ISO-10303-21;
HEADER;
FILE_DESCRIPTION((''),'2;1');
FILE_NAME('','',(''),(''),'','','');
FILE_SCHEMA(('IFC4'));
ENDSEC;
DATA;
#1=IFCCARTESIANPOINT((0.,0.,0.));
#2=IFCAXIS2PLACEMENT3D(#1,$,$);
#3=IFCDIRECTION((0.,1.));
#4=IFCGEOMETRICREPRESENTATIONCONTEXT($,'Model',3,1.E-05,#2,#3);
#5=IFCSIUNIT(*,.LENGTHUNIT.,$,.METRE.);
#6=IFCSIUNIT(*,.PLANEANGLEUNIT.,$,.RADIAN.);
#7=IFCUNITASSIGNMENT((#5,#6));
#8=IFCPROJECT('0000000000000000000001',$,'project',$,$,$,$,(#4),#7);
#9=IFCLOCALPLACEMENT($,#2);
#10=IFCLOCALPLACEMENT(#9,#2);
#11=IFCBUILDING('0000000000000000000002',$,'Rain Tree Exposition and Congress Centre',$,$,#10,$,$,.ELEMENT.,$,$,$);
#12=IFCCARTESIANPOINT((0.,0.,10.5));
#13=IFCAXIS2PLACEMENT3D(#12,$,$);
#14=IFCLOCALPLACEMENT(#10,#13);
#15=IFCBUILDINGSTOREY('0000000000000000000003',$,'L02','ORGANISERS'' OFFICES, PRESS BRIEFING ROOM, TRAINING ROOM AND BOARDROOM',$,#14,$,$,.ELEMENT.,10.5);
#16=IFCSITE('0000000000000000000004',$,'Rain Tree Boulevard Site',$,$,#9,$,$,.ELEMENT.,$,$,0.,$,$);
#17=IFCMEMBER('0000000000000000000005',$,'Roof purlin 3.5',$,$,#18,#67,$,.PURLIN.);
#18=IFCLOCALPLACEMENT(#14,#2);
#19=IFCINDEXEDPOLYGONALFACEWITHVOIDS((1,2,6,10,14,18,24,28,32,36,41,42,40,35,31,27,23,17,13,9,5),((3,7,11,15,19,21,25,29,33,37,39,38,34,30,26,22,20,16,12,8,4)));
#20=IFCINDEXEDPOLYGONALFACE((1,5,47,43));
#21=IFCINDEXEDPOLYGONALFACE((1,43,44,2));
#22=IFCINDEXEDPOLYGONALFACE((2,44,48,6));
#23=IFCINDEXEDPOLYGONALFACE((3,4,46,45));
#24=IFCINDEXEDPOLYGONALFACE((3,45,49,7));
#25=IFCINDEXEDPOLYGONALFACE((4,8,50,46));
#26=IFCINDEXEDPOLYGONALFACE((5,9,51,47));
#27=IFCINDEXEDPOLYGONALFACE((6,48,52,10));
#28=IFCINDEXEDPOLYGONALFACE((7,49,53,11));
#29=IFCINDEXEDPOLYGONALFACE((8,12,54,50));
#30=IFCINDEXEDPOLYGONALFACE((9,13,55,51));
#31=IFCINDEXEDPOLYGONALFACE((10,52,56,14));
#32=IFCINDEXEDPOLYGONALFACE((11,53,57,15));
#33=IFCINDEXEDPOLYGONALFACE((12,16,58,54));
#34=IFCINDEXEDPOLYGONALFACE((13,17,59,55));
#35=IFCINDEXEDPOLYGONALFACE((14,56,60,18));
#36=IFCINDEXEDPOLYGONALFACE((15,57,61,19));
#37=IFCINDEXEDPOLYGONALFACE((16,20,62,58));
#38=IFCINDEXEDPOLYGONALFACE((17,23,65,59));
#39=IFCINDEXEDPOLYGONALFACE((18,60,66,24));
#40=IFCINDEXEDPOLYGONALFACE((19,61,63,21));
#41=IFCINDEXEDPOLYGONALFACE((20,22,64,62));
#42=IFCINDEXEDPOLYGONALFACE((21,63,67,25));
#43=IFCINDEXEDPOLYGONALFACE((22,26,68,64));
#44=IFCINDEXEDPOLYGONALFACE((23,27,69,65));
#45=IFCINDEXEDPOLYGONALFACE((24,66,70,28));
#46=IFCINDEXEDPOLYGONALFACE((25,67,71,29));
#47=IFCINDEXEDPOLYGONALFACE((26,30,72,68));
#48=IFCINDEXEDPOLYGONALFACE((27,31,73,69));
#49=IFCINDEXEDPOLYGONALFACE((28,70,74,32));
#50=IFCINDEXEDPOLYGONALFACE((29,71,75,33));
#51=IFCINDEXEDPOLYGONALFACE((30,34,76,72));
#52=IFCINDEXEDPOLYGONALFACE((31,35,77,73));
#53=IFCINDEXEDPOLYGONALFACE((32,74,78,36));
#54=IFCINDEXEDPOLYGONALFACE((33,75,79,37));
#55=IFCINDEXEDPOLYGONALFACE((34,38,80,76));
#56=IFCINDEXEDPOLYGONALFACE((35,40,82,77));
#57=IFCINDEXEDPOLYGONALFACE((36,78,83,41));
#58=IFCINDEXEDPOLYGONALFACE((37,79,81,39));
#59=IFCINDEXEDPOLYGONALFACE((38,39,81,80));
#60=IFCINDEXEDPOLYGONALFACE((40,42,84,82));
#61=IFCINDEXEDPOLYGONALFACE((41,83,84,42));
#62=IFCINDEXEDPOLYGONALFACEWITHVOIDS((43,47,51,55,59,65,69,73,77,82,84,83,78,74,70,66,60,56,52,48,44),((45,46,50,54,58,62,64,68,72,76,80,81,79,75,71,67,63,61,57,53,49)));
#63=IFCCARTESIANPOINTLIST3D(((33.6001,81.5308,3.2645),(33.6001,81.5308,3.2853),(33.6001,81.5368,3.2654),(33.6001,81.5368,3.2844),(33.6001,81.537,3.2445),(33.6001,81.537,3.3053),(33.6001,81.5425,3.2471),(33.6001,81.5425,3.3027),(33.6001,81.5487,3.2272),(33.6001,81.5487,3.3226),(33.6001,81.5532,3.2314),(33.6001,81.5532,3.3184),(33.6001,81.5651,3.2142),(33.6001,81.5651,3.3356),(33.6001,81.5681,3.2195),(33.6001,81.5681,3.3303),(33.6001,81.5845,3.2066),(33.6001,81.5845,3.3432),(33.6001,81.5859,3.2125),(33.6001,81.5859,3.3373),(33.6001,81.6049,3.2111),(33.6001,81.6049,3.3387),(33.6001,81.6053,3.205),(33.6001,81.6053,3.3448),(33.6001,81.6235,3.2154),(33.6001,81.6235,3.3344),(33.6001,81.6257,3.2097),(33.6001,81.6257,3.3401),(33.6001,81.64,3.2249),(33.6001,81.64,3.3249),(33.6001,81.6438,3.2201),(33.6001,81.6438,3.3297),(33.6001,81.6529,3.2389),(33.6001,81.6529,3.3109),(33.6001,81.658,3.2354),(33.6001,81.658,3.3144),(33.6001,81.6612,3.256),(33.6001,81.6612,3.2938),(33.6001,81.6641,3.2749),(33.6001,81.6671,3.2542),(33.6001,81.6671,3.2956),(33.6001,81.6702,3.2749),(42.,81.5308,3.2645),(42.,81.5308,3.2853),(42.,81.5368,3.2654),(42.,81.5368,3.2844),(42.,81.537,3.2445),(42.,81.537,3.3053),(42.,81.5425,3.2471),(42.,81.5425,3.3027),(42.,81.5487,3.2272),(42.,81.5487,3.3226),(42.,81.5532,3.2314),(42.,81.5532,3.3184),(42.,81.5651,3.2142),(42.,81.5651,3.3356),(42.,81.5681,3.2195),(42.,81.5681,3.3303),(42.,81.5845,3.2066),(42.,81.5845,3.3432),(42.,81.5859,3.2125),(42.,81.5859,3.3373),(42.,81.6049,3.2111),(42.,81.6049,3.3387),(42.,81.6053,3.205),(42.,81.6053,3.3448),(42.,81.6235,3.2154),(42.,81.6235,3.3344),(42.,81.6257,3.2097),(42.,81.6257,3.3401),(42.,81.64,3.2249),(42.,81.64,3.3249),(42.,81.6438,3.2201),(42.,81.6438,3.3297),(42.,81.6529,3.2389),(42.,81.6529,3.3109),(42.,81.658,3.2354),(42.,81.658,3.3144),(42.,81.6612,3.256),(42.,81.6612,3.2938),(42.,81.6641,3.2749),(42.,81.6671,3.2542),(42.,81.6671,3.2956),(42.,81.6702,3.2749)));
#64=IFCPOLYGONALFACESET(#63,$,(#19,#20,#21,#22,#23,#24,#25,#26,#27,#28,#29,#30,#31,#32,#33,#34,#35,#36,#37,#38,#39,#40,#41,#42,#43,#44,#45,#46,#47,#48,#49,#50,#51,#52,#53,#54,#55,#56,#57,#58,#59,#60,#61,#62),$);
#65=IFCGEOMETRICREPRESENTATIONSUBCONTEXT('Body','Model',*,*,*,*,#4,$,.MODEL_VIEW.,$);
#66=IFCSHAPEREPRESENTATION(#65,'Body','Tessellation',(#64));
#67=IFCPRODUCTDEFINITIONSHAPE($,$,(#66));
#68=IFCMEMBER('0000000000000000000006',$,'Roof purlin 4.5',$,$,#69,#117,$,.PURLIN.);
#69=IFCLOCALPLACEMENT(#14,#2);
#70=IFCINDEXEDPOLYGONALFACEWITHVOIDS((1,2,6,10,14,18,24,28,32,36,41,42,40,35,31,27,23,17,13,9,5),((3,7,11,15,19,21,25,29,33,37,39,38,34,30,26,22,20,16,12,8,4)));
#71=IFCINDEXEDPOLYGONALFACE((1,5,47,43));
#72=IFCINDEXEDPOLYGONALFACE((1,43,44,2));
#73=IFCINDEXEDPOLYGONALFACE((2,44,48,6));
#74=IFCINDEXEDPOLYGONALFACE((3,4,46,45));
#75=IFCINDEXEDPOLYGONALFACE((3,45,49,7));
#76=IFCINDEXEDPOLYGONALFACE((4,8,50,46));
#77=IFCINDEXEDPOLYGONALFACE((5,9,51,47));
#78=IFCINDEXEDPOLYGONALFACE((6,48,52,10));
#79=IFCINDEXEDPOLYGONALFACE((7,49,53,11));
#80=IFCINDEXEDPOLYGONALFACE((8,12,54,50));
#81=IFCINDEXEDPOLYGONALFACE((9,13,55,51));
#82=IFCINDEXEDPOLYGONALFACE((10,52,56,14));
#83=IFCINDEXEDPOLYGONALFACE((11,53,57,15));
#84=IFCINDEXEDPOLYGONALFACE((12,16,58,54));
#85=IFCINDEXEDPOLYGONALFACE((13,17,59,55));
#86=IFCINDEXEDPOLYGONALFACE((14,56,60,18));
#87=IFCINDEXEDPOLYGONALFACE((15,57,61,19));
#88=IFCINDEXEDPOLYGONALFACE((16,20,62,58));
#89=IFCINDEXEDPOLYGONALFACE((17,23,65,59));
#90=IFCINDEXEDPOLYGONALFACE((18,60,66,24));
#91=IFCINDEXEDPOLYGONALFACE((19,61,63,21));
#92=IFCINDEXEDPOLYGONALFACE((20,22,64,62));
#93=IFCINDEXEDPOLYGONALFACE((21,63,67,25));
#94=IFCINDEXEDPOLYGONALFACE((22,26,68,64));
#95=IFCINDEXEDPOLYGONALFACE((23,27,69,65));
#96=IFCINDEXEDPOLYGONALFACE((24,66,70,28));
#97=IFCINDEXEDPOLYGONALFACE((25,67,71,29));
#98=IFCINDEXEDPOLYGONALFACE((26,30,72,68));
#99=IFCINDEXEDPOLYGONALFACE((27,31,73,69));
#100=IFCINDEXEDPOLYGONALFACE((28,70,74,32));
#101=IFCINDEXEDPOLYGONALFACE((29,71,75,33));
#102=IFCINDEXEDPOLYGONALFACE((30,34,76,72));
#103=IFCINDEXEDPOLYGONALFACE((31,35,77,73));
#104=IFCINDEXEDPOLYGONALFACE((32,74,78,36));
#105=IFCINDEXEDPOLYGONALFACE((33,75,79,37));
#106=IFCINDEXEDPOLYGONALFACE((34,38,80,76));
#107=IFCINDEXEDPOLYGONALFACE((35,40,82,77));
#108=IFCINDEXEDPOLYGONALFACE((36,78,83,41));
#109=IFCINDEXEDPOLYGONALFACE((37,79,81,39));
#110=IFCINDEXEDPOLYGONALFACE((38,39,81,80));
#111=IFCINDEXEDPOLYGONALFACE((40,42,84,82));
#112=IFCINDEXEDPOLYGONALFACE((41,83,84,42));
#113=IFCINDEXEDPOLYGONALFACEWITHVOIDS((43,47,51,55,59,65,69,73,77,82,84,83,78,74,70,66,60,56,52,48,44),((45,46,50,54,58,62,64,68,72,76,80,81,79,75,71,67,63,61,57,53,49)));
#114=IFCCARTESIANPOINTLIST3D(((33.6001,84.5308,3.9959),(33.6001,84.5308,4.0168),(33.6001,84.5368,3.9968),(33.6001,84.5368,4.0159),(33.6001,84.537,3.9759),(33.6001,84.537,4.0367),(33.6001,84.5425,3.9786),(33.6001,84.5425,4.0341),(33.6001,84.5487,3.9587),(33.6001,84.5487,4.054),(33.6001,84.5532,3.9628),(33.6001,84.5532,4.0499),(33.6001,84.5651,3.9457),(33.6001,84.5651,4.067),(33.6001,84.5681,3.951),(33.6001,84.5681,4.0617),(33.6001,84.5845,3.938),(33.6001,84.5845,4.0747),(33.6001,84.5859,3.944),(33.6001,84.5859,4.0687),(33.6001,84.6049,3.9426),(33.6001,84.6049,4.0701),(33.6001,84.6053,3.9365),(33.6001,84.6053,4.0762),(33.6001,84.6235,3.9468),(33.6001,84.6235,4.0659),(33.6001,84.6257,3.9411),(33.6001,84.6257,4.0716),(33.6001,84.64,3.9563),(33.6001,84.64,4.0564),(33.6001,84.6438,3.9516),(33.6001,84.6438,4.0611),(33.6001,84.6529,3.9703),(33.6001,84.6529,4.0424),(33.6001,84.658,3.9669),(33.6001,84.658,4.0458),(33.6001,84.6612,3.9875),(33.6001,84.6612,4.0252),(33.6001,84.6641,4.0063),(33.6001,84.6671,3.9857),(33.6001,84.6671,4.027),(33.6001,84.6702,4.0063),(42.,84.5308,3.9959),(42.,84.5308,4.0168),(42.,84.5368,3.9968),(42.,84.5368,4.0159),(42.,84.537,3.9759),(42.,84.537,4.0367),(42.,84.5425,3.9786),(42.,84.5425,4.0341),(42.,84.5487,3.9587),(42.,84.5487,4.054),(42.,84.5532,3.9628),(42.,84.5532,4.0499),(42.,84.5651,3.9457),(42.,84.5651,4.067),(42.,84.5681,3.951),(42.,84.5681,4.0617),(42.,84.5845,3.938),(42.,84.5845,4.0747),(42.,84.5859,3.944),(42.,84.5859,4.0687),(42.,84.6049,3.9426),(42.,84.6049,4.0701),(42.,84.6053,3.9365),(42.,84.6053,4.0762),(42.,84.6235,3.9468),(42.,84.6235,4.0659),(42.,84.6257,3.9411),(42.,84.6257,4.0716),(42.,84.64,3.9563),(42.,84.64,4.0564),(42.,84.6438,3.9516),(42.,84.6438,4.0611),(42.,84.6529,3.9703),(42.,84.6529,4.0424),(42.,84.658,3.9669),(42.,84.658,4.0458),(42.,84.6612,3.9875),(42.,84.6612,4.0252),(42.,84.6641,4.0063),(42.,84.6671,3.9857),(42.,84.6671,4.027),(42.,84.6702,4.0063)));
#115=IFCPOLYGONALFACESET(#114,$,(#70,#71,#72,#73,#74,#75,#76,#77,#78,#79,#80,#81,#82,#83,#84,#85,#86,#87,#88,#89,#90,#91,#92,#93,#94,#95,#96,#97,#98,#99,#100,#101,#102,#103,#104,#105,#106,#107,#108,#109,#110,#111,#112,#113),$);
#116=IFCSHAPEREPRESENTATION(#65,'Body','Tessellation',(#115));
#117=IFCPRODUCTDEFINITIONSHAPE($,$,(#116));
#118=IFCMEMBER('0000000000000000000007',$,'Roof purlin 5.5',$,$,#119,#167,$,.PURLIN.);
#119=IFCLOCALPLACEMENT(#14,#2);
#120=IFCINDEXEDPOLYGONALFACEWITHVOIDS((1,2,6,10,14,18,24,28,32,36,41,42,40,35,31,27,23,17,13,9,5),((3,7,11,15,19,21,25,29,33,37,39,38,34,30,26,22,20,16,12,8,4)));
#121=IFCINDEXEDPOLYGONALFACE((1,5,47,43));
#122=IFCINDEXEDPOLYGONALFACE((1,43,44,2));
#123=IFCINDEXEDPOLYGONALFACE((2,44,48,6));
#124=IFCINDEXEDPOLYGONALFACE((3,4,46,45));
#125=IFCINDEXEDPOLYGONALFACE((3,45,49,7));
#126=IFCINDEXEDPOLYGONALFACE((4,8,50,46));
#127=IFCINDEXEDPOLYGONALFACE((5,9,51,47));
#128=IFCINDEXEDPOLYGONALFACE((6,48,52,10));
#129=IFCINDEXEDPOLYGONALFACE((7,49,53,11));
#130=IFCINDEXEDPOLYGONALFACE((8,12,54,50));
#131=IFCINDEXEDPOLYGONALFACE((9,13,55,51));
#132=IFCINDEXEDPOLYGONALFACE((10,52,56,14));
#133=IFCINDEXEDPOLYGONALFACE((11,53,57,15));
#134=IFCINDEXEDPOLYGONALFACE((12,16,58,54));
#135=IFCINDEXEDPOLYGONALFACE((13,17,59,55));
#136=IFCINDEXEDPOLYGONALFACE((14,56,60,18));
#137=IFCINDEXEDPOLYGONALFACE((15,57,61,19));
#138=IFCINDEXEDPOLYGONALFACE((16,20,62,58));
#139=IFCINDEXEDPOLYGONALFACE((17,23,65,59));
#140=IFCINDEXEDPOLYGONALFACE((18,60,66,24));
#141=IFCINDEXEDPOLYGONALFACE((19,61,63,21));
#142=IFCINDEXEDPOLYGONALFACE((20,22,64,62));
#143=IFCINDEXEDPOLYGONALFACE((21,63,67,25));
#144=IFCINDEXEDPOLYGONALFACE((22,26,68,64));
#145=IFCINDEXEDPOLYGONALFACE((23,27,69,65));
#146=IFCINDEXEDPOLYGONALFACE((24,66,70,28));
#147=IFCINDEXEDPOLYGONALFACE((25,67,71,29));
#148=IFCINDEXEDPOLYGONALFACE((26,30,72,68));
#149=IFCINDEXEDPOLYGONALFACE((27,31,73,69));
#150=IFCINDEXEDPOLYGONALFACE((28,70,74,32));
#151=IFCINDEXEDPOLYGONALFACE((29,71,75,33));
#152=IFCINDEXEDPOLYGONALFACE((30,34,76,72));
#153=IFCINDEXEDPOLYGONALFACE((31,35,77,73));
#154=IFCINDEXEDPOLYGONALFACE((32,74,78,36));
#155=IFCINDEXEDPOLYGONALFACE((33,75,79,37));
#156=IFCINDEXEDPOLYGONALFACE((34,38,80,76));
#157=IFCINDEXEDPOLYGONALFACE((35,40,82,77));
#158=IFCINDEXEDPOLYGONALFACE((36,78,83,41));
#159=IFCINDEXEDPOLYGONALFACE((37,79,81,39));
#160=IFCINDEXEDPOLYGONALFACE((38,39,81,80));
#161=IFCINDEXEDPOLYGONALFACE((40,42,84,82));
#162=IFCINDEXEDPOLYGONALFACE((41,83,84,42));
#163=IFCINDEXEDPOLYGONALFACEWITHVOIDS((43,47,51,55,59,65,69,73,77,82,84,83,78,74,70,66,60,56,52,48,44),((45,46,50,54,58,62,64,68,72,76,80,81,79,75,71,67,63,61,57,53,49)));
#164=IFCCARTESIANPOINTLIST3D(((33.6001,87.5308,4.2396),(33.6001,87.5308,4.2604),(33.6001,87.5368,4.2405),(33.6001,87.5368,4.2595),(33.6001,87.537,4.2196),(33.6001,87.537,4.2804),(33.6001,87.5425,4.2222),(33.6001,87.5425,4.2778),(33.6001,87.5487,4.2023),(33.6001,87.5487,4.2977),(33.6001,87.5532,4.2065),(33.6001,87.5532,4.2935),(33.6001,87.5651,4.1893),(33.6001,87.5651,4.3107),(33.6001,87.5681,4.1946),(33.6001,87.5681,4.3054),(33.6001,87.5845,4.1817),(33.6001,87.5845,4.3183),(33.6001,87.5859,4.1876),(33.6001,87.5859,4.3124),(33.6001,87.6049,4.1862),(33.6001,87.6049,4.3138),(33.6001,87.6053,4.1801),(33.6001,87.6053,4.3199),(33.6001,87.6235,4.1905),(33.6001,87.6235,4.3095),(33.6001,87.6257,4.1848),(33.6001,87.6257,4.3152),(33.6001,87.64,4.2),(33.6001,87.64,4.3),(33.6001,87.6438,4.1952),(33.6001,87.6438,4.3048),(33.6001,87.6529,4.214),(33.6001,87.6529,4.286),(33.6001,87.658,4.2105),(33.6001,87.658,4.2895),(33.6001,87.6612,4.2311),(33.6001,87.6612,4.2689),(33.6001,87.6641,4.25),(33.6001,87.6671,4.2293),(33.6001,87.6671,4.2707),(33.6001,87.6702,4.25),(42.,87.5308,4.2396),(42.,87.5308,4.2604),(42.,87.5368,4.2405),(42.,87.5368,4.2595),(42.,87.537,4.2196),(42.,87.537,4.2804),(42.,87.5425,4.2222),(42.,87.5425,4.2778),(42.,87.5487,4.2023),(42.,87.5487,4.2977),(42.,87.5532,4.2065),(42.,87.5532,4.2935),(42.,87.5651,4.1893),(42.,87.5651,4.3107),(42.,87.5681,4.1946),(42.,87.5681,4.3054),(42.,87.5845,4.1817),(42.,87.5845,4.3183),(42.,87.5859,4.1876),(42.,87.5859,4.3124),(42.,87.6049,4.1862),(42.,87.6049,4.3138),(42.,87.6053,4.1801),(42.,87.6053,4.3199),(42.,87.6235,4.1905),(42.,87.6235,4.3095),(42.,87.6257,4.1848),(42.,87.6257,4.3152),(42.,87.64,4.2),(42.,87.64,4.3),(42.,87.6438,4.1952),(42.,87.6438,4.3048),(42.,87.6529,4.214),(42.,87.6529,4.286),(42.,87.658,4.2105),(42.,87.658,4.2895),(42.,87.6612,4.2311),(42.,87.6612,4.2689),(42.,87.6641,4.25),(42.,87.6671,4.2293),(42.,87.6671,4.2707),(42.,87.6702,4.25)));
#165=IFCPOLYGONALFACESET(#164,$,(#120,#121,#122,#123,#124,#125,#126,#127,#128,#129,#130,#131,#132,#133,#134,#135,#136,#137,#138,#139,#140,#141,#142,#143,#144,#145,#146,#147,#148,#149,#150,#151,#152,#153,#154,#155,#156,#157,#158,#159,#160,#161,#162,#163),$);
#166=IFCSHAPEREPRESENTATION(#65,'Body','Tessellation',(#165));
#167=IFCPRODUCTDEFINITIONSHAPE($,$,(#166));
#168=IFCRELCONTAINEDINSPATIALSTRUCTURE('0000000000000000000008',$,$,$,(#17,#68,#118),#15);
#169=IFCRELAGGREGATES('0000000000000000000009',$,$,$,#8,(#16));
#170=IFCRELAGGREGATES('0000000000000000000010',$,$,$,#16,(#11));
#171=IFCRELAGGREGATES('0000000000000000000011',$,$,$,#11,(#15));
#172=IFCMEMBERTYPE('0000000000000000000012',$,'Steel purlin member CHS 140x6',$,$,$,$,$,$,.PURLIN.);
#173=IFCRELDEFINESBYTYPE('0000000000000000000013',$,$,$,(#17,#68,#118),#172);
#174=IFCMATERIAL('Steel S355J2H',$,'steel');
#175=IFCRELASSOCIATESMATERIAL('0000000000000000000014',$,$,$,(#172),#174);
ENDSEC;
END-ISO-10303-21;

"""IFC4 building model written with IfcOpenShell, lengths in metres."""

from ifc_helpers import new_model, si_unit, direction, frame, origin, origin_2d, place, context, subcontext, project, spatial, hollow_circle, extrude, material, material_profile, profile_set, type_object, element, save


model = new_model("IFC4")

# Units and contexts
model_context = context("Model", 3, precision=1e-05, world=origin(), true_north=direction((0.0, 1.0)))
body_context = subcontext(model_context, "Body", "Model", "MODEL_VIEW")
ifc_project = project(units=[si_unit("LENGTHUNIT", "METRE"), si_unit("PLANEANGLEUNIT", "RADIAN")], contexts=[model_context])

# Site, building, storey
site_placement = place(None, origin())
site = spatial("IfcSite", under=ifc_project, at=site_placement, Name="Rain Tree Boulevard Site", CompositionType="ELEMENT", RefElevation=0.0)
building_placement = place(site_placement, origin())
building = spatial("IfcBuilding", under=site, at=building_placement, Name="Rain Tree Exposition and Congress Centre", CompositionType="ELEMENT")
storey_placement = place(building_placement, frame((0.0, 0.0, 10.5)))
storey = spatial("IfcBuildingStorey", under=building, at=storey_placement, Name="L02", Description="ORGANISERS' OFFICES, PRESS BRIEFING ROOM, TRAINING ROOM AND BOARDROOM", CompositionType="ELEMENT", Elevation=10.5)

# Members
ifc_material_1 = material(Name="Steel S355J2H", Category="steel")
ifc_material_profile_1 = material_profile(ifc_material_1, hollow_circle(Radius=0.0701, WallThickness=0.0061, at=origin_2d()), Name="CHS 140x6")
ifc_profile_set_1 = profile_set([ifc_material_profile_1], Name="Steel S355J2H")
member_type_1 = type_object("IfcMemberType", Name="Steel purlin member CHS 140x6", PredefinedType="PURLIN", material=ifc_profile_set_1)
for number, where, z_axis, x_axis, name in (
    (1, (33.6001, 81.6001, 3.2749), (1.0, 0.0, 0.0), (0.0, 1.0, 0.0), "Roof purlin 3.5"),
    (2, (33.6001, 84.6001, 4.0063), (1.0, 0.0, 0.0), (0.0, 1.0, 0.0), "Roof purlin 4.5"),
    (3, (33.6001, 87.6001, 4.25), (1.0, 0.0, 0.0), (0.0, 1.0, 0.0), "Roof purlin 5.5"),
):
    element("IfcMember", number, at=place(storey_placement, frame(where, z_axis=z_axis, x_axis=x_axis)), inside=storey, type_object=member_type_1, Name=name, PredefinedType="PURLIN", context=body_context, shape_type="SweptSolid", body=[
        extrude(hollow_circle(Radius=0.0701, WallThickness=0.0061, at=origin_2d()), origin(), (0.0, 0.0, 1.0), 8.3999),
    ])

save(model, "model.ifc")
